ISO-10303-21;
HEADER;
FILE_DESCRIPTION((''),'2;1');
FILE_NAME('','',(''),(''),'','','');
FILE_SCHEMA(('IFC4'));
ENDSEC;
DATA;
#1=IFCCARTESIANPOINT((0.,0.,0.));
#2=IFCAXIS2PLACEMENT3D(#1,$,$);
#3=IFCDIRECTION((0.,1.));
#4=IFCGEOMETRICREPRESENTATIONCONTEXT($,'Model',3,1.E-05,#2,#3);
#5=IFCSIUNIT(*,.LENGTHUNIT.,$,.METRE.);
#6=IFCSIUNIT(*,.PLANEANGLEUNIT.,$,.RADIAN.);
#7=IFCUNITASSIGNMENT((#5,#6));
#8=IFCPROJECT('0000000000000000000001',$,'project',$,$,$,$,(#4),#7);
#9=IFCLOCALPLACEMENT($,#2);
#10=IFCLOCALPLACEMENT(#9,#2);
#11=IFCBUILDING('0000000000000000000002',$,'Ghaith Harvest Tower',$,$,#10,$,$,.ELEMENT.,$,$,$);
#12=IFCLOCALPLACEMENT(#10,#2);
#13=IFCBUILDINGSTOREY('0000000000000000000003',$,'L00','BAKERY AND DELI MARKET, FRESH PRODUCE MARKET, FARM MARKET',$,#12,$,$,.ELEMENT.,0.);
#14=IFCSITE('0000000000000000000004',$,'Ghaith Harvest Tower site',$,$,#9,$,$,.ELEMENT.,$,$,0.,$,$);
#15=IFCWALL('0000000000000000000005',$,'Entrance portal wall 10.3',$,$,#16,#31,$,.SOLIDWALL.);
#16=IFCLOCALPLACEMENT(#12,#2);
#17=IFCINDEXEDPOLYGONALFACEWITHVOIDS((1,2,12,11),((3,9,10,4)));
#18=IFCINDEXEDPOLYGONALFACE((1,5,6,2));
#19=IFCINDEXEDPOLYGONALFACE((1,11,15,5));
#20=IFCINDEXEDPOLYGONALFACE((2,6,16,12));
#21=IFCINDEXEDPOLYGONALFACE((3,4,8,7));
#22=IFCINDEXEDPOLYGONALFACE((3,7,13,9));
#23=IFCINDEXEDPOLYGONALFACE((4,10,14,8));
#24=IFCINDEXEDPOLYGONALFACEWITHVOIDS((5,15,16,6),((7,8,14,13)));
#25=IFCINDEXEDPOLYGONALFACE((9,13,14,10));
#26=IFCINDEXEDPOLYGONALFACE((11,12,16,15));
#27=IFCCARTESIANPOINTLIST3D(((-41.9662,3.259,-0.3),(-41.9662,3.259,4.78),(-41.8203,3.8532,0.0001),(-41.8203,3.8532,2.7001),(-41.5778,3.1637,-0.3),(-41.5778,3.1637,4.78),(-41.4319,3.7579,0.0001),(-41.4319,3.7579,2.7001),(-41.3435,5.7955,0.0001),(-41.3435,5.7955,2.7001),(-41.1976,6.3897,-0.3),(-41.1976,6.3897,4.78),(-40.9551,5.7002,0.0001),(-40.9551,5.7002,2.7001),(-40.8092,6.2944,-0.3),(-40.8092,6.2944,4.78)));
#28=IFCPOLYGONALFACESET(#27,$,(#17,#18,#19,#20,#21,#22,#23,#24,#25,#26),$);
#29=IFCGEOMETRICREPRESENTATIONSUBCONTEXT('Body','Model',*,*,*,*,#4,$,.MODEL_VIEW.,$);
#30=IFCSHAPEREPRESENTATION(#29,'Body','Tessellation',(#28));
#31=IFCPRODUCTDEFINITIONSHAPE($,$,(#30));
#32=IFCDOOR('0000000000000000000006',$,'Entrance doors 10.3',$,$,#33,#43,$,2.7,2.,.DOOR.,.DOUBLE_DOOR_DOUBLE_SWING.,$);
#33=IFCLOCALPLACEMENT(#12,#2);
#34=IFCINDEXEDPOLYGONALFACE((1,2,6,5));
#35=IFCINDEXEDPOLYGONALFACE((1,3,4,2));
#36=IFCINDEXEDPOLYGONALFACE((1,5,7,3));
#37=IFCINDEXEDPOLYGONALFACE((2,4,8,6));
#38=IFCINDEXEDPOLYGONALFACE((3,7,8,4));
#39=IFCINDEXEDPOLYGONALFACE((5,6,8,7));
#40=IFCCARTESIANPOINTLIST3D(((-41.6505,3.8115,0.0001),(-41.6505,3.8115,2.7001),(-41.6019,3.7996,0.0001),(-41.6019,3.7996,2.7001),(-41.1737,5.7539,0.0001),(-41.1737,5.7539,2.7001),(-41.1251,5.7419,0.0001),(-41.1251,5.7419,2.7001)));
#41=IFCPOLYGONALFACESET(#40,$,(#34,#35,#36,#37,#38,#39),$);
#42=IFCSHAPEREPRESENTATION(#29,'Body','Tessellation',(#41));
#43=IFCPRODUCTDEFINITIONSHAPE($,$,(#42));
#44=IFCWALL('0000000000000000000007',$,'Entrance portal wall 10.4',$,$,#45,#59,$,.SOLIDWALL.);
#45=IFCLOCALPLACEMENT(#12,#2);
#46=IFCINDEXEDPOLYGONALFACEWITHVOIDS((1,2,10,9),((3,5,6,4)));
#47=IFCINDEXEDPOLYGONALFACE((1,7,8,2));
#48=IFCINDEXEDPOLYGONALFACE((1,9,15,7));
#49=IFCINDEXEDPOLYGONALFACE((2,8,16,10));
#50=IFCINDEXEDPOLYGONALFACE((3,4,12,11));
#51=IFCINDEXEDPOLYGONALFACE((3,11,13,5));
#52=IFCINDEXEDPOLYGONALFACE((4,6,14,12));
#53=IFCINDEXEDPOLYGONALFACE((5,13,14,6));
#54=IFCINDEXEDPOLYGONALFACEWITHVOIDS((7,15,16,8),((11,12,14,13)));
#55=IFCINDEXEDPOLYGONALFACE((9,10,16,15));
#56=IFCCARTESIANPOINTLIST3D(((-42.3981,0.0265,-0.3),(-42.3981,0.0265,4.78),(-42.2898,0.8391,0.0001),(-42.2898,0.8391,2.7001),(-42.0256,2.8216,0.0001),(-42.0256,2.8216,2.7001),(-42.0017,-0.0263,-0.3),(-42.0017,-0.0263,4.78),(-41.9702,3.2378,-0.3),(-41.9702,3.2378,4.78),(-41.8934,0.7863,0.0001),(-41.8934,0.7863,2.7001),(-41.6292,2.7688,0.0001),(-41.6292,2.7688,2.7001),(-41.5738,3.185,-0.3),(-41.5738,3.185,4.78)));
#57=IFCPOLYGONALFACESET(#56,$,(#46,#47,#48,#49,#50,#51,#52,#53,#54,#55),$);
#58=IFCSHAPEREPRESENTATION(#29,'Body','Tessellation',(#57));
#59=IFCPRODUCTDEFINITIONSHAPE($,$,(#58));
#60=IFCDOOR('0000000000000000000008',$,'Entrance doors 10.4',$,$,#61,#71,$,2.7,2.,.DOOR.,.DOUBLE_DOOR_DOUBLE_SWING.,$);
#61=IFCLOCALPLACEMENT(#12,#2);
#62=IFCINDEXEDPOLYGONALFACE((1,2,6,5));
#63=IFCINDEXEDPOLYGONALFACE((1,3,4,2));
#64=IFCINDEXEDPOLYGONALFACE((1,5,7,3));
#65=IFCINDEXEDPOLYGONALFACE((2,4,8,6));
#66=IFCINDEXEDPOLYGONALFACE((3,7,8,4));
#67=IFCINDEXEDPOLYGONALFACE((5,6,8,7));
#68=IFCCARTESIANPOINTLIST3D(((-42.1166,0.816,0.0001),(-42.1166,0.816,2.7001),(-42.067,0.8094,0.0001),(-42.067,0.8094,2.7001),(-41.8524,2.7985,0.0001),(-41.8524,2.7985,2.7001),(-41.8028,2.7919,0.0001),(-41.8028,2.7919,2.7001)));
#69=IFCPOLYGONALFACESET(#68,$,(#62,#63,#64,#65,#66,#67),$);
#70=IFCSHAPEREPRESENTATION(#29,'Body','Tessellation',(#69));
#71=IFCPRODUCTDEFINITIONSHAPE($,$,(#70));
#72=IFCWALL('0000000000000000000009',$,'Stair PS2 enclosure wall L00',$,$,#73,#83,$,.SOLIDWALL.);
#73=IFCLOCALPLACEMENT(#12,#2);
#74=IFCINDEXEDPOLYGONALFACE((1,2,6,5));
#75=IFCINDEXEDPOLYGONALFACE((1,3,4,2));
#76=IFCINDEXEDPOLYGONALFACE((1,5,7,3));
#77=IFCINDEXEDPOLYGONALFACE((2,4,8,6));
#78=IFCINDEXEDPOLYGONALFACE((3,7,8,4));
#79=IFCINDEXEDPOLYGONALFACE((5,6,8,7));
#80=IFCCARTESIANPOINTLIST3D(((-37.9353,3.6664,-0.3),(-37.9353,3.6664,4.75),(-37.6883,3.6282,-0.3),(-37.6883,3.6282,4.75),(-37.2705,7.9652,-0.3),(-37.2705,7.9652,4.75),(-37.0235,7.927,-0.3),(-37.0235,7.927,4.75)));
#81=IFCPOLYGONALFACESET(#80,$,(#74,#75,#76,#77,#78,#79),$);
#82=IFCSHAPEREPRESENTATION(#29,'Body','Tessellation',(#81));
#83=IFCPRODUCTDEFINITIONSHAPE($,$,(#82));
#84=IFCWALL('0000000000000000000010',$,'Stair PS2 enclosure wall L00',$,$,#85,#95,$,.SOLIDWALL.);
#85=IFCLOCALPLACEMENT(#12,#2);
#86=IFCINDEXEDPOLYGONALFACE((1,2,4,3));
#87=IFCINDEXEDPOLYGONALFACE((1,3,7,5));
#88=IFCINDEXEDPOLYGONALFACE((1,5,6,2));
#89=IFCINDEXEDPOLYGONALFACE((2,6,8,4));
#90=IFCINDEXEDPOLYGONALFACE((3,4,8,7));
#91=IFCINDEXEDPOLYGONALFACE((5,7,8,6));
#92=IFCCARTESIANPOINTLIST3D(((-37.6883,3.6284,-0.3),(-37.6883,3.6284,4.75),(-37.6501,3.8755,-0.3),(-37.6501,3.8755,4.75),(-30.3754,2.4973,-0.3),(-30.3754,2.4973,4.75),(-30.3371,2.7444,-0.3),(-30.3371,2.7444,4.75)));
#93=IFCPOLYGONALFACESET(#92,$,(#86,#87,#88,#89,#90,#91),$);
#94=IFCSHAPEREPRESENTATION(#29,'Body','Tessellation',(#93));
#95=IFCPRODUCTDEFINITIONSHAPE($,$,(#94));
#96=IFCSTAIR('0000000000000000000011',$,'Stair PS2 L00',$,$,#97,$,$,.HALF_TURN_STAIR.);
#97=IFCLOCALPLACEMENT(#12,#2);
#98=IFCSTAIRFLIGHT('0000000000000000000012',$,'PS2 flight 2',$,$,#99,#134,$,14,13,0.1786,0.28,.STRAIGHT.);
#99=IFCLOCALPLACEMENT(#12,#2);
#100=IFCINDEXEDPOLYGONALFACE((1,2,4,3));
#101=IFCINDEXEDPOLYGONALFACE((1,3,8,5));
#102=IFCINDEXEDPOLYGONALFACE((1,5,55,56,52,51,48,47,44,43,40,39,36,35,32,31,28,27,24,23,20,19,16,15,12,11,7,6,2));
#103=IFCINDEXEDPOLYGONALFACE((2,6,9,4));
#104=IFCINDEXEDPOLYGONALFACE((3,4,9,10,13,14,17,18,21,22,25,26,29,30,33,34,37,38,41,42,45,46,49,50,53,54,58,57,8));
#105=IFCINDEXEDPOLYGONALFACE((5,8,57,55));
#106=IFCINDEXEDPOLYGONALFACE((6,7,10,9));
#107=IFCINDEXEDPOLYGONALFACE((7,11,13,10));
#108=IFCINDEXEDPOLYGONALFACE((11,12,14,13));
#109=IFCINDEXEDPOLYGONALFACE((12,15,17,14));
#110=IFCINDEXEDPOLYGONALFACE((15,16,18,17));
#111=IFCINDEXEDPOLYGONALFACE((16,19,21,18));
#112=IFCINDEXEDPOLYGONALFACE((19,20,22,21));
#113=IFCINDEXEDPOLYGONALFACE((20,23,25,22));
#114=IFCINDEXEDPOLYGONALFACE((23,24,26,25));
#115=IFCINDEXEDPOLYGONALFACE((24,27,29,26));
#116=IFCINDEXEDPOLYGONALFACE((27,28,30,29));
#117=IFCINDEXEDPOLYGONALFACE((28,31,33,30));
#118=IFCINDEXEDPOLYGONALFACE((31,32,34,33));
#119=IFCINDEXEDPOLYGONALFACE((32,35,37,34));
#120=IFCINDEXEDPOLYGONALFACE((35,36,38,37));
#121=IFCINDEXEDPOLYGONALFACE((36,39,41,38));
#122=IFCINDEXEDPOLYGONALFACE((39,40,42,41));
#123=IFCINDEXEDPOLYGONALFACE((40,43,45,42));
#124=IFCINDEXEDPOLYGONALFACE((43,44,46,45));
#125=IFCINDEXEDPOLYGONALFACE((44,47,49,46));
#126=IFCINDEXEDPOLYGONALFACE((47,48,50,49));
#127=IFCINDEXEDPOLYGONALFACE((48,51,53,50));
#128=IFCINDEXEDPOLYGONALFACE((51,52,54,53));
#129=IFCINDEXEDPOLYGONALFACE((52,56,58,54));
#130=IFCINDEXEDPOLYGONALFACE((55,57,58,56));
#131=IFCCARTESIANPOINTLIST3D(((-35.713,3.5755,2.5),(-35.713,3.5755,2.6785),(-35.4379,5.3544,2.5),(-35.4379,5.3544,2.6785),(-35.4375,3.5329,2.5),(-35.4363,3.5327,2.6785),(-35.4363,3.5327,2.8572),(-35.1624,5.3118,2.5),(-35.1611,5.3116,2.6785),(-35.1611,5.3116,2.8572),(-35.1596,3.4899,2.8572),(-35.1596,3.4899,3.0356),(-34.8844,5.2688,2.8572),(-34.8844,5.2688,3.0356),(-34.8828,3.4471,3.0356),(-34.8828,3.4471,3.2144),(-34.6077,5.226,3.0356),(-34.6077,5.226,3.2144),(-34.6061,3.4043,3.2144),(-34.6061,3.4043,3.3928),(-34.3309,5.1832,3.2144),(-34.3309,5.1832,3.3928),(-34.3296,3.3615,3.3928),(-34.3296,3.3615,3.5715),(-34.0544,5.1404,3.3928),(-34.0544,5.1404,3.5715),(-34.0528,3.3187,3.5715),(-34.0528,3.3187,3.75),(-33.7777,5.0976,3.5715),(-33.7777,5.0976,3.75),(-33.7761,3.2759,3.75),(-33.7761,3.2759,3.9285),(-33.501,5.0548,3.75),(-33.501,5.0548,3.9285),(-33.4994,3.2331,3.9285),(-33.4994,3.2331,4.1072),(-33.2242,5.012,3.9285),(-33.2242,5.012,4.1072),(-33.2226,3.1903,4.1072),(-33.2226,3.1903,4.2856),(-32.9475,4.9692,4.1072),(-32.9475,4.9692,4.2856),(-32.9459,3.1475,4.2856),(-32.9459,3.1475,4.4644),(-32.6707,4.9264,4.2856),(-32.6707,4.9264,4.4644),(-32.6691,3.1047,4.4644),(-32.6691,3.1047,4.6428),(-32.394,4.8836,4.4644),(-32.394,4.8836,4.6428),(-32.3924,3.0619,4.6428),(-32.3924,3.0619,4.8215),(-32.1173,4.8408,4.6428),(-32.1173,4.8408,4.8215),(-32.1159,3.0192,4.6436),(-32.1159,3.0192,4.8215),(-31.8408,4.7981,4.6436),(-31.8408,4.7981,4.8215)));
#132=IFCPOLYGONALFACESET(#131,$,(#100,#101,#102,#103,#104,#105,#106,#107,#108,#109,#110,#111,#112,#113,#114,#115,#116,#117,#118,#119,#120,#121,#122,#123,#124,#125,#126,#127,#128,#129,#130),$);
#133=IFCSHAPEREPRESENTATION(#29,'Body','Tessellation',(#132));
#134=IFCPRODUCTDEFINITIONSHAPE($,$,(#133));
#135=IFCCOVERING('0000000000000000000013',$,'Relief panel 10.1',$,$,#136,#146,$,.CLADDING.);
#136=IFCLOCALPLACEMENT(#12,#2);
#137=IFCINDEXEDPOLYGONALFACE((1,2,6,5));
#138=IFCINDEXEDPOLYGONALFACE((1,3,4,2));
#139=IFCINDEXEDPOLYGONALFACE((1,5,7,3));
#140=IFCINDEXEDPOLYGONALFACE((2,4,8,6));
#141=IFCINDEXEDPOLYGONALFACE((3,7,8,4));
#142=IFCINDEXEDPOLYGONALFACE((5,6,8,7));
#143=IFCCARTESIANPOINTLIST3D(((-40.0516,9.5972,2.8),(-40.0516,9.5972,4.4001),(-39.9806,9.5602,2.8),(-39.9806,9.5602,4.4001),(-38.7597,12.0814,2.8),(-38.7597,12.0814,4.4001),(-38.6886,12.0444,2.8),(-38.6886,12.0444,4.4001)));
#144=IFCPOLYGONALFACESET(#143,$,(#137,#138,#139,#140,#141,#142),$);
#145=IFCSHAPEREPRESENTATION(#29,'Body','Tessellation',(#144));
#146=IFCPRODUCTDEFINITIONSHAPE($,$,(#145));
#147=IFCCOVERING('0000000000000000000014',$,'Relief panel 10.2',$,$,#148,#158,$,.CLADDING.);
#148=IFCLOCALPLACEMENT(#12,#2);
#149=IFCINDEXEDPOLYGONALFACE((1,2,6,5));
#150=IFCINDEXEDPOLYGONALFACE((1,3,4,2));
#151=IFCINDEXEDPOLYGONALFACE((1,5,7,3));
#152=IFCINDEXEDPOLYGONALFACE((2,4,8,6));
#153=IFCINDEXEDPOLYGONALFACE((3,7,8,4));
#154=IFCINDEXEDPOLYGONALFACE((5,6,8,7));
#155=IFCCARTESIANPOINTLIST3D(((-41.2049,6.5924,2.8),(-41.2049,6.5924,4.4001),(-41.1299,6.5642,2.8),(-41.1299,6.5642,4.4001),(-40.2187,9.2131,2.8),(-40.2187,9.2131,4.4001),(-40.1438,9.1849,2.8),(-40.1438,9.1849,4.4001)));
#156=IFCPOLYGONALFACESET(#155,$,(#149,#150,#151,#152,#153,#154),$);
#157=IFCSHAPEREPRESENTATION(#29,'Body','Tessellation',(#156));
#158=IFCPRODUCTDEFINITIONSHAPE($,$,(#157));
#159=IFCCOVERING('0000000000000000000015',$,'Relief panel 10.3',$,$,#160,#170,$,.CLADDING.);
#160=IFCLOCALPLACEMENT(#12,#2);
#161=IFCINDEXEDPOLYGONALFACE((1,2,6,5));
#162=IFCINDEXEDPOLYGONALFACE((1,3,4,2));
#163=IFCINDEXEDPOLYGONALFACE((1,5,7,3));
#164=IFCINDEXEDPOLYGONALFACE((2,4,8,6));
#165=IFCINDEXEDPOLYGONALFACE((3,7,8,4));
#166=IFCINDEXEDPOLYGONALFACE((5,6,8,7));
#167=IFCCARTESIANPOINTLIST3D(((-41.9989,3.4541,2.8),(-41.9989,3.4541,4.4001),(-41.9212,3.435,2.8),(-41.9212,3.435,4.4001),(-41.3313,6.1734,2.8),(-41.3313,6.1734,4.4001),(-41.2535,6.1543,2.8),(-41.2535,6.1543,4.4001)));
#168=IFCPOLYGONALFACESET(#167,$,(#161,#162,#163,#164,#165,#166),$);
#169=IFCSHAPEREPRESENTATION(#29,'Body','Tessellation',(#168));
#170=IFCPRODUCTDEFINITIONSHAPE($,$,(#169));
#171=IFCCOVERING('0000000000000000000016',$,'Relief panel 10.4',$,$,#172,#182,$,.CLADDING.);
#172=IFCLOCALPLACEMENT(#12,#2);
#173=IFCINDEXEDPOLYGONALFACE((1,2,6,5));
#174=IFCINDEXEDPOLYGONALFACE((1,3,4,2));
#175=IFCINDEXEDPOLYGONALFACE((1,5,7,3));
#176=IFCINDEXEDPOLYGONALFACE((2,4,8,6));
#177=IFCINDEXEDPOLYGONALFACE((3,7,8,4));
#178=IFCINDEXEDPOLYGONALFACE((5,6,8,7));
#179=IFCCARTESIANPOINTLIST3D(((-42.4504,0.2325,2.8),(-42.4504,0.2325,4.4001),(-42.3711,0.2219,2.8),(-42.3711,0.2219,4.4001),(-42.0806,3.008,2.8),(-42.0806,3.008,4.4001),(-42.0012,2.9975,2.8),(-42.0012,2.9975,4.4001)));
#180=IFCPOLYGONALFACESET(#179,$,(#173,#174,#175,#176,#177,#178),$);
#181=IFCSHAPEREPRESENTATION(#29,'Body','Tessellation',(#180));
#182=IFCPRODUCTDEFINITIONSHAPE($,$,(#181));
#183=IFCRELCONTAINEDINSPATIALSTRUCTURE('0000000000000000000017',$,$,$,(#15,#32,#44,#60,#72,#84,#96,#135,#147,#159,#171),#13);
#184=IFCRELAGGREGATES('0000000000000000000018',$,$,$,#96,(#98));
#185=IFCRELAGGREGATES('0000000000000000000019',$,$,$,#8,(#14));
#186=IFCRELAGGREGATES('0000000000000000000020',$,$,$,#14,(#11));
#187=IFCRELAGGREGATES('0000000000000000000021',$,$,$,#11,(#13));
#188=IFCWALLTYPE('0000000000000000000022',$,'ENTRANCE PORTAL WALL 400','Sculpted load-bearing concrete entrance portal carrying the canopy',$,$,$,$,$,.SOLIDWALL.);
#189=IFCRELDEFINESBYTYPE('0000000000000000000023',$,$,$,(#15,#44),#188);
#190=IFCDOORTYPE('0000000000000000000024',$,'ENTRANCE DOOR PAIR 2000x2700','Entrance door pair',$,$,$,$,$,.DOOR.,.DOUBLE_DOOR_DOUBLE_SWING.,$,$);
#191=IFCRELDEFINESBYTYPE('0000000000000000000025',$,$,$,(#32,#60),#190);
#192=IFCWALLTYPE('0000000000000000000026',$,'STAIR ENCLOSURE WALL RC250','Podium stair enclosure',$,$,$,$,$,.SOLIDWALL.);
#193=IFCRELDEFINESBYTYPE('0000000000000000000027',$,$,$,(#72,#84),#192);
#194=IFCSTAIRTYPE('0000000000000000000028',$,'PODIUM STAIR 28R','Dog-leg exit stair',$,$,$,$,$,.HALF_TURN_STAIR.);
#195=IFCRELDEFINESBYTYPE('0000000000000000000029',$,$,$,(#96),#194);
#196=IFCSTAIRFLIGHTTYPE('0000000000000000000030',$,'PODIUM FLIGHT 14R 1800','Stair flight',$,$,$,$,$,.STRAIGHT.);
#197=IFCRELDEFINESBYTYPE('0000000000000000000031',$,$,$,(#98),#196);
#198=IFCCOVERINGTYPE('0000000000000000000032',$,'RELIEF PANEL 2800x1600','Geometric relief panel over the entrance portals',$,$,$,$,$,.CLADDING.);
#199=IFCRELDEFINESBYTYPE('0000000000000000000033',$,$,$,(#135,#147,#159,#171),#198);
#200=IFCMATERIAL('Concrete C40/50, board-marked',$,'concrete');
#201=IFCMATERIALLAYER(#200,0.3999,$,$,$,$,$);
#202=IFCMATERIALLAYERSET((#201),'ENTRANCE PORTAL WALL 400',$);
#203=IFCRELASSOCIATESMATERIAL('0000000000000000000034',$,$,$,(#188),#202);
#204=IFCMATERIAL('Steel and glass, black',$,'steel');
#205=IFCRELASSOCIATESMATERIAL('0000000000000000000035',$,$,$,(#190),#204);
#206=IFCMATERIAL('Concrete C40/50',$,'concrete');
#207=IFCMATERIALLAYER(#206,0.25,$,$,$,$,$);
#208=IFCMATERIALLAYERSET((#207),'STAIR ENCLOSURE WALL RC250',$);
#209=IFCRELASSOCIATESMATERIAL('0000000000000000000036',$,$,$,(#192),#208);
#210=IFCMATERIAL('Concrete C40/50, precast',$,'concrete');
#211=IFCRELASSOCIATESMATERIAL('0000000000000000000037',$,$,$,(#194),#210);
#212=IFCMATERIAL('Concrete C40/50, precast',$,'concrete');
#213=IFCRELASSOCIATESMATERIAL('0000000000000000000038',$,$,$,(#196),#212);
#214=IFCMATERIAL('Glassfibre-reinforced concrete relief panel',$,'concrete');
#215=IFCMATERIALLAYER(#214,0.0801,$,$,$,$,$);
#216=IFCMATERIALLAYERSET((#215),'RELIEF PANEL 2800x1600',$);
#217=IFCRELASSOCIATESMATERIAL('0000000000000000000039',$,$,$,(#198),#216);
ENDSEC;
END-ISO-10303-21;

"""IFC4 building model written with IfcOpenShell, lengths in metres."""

from ifc_helpers import new_model, si_unit, direction, frame, frame_2d, origin, origin_2d, place, context, subcontext, project, spatial, polyline, rectangle, outline, extrude, material, layer, layer_set, type_object, element, fill, aggregate, save


model = new_model("IFC4")

# Units and contexts
model_context = context("Model", 3, precision=1e-05, world=origin(), true_north=direction((0.0, 1.0)))
body_context = subcontext(model_context, "Body", "Model", "MODEL_VIEW")
ifc_project = project(units=[si_unit("LENGTHUNIT", "METRE"), si_unit("PLANEANGLEUNIT", "RADIAN")], contexts=[model_context])

# Site, building, storey
site_placement = place(None, origin())
site = spatial("IfcSite", under=ifc_project, at=site_placement, Name="Ghaith Harvest Tower site", CompositionType="ELEMENT", RefElevation=0.0)
building_placement = place(site_placement, origin())
building = spatial("IfcBuilding", under=site, at=building_placement, Name="Ghaith Harvest Tower", CompositionType="ELEMENT")
storey_placement = place(building_placement, origin())
storey = spatial("IfcBuildingStorey", under=building, at=storey_placement, Name="L00", Description="BAKERY AND DELI MARKET, FRESH PRODUCE MARKET, FARM MARKET", CompositionType="ELEMENT", Elevation=0.0)

# Walls, openings, doors
ifc_material_1 = material(Name="Concrete C40/50, board-marked", Category="concrete")
ifc_layer_1 = layer(ifc_material_1, 0.3999)
ifc_layer_set_1 = layer_set([ifc_layer_1], Name="ENTRANCE PORTAL WALL 400")
wall_type_1 = type_object("IfcWallType", Name="ENTRANCE PORTAL WALL 400", Description="Sculpted load-bearing concrete entrance portal carrying the canopy", PredefinedType="SOLIDWALL", material=ifc_layer_set_1)
ifc_material_2 = material(Name="Steel and glass, black", Category="steel")
door_type = type_object("IfcDoorType", Name="ENTRANCE DOOR PAIR 2000x2700", Description="Entrance door pair", OperationType="DOUBLE_DOOR_DOUBLE_SWING", PredefinedType="DOOR", material=ifc_material_2)
wall_1_placement = place(storey_placement, frame((-41.0034, 6.342, -0.3), z_axis=(0.0, 0.0, 1.0), x_axis=(-0.238417, -0.971163, 0.0)))
wall_1 = element("IfcWall", 1, at=wall_1_placement, inside=storey, type_object=wall_type_1, Name="Entrance portal wall 10.3", PredefinedType="SOLIDWALL", context=body_context, shape_type="SweptSolid", body=[
    extrude(rectangle(XDim=3.2236, YDim=0.3999, at=frame_2d((1.6118, 0.0))), origin(), (0.0, 0.0, 1.0), 5.0801),
])
opening_1_placement = place(wall_1_placement, frame((0.6118, 0.0, 0.3)))
opening_1 = element("IfcOpeningElement", 2, at=opening_1_placement, cuts=wall_1, PredefinedType="OPENING", context=body_context, shape_type="SweptSolid", body=[
    extrude(rectangle(XDim=2.0, YDim=2.7, at=frame_2d((1.0, 1.3501))), frame((0.0, 0.21, 0.0), z_axis=(0.0, -1.0, 0.0), x_axis=(1.0, 0.0, 0.0)), (0.0, 0.0, 1.0), 0.4199),
])
door_1_placement = place(opening_1_placement, origin())
door_1 = element("IfcDoor", 3, at=door_1_placement, inside=storey, type_object=door_type, Name="Entrance doors 10.3", OperationType="DOUBLE_DOOR_DOUBLE_SWING", OverallHeight=2.7, OverallWidth=2.0, PredefinedType="DOOR", context=body_context, shape_type="SweptSolid", body=[
    extrude(rectangle(XDim=2.0, YDim=2.7, at=frame_2d((1.0, 1.3501))), frame((0.0, 0.0249, 0.0), z_axis=(0.0, -1.0, 0.0), x_axis=(1.0, 0.0, 0.0)), (0.0, 0.0, 1.0), 0.05),
])
fill(opening_1, door_1)
wall_2_placement = place(storey_placement, frame((-41.772, 3.2114, -0.3), z_axis=(0.0, 0.0, 1.0), x_axis=(-0.1321, -0.991236, 0.0)))
wall_2 = element("IfcWall", 4, at=wall_2_placement, inside=storey, type_object=wall_type_1, Name="Entrance portal wall 10.4", PredefinedType="SOLIDWALL", context=body_context, shape_type="SweptSolid", body=[
    extrude(rectangle(XDim=3.2397, YDim=0.3999, at=frame_2d((1.6199, 0.0))), origin(), (0.0, 0.0, 1.0), 5.0801),
])
opening_2_placement = place(wall_2_placement, frame((0.4199, 0.0, 0.3)))
opening_2 = element("IfcOpeningElement", 5, at=opening_2_placement, cuts=wall_2, PredefinedType="OPENING", context=body_context, shape_type="SweptSolid", body=[
    extrude(rectangle(XDim=2.0, YDim=2.7, at=frame_2d((1.0, 1.3501))), frame((0.0, 0.21, 0.0), z_axis=(0.0, -1.0, 0.0), x_axis=(1.0, 0.0, 0.0)), (0.0, 0.0, 1.0), 0.4199),
])
door_2_placement = place(opening_2_placement, origin())
door_2 = element("IfcDoor", 6, at=door_2_placement, inside=storey, type_object=door_type, Name="Entrance doors 10.4", OperationType="DOUBLE_DOOR_DOUBLE_SWING", OverallHeight=2.7, OverallWidth=2.0, PredefinedType="DOOR", context=body_context, shape_type="SweptSolid", body=[
    extrude(rectangle(XDim=2.0, YDim=2.7, at=frame_2d((1.0, 1.3501))), frame((0.0, 0.0249, 0.0), z_axis=(0.0, -1.0, 0.0), x_axis=(1.0, 0.0, 0.0)), (0.0, 0.0, 1.0), 0.05),
])
fill(opening_2, door_2)

# Walls
ifc_material_3 = material(Name="Concrete C40/50", Category="concrete")
ifc_layer_2 = layer(ifc_material_3, 0.25)
ifc_layer_set_2 = layer_set([ifc_layer_2], Name="STAIR ENCLOSURE WALL RC250")
wall_type_2 = type_object("IfcWallType", Name="STAIR ENCLOSURE WALL RC250", Description="Podium stair enclosure", PredefinedType="SOLIDWALL", material=ifc_layer_set_2)
wall_3_placement = place(storey_placement, frame((-37.8118, 3.6475, -0.3), z_axis=(0.0, 0.0, 1.0), x_axis=(0.152829, 0.988253, 0.0)))
element("IfcWall", 7, at=wall_3_placement, inside=storey, type_object=wall_type_2, Name="Stair PS2 enclosure wall L00", PredefinedType="SOLIDWALL", context=body_context, shape_type="SweptSolid", body=[
    extrude(rectangle(XDim=4.3499, YDim=0.25, at=frame_2d((2.1748, 0.0))), origin(), (0.0, 0.0, 1.0), 5.05),
])
wall_4_placement = place(storey_placement, frame((-37.6692, 3.752, -0.3), z_axis=(0.0, 0.0, 1.0), x_axis=(0.988249, -0.152853, 0.0)))
element("IfcWall", 8, at=wall_4_placement, inside=storey, type_object=wall_type_2, Name="Stair PS2 enclosure wall L00", PredefinedType="SOLIDWALL", context=body_context, shape_type="SweptSolid", body=[
    extrude(rectangle(XDim=7.3999, YDim=0.25, at=frame_2d((3.7, 0.0))), origin(), (0.0, 0.0, 1.0), 5.05),
])

# Stair, stair flight
ifc_material_4 = material(Name="Concrete C40/50, precast", Category="concrete")
stair_type = type_object("IfcStairType", Name="PODIUM STAIR 28R", Description="Dog-leg exit stair", PredefinedType="HALF_TURN_STAIR", material=ifc_material_4)
stair_placement = place(storey_placement, origin())
stair = element("IfcStair", 9, at=stair_placement, inside=storey, type_object=stair_type, Name="Stair PS2 L00", PredefinedType="HALF_TURN_STAIR")
ifc_material_5 = material(Name="Concrete C40/50, precast", Category="concrete")
stair_flight_type = type_object("IfcStairFlightType", Name="PODIUM FLIGHT 14R 1800", Description="Stair flight", PredefinedType="STRAIGHT", material=ifc_material_5)
stair_flight_placement = place(storey_placement, frame((-35.5754, 4.4651, 2.5), z_axis=(0.0, 0.0, 1.0), x_axis=(0.988249, -0.152851, 0.0)))
stair_flight = element("IfcStairFlight", 10, at=stair_flight_placement, type_object=stair_flight_type, Name="PS2 flight 2", NumberOfRisers=14, NumberOfTreads=13, PredefinedType="STRAIGHT", RiserHeight=0.1786, TreadLength=0.28, context=body_context, shape_type="SweptSolid", body=[
    extrude(outline(polyline([(0.0, 0.0), (0.0, 0.1785), (0.28, 0.1785), (0.28, 0.3572), (0.5601, 0.3572), (0.5601, 0.5356), (0.8401, 0.5356), (0.8401, 0.7144), (1.1201, 0.7144), (1.1201, 0.8928), (1.3999, 0.8928), (1.3999, 1.0715), (1.6799, 1.0715), (1.6799, 1.25), (1.96, 1.25), (1.96, 1.4285), (2.24, 1.4285), (2.24, 1.6072), (2.52, 1.6072), (2.52, 1.7856), (2.8, 1.7856), (2.8, 1.9644), (3.0801, 1.9644), (3.0801, 2.1428), (3.3601, 2.1428), (3.3601, 2.3215), (3.6399, 2.3215), (3.6399, 2.5), (3.6399, 2.1436), (0.2788, 0.0), (0.0, 0.0)])), frame((0.0, 0.8999, 0.0), z_axis=(0.0, -1.0, 0.0), x_axis=(1.0, 0.0, 0.0)), (0.0, 0.0, 1.0), 1.8),
])
aggregate(stair, [stair_flight])

# Coverings
ifc_material_6 = material(Name="Glassfibre-reinforced concrete relief panel", Category="concrete")
ifc_layer_3 = layer(ifc_material_6, 0.0801)
ifc_layer_set_3 = layer_set([ifc_layer_3], Name="RELIEF PANEL 2800x1600")
covering_type = type_object("IfcCoveringType", Name="RELIEF PANEL 2800x1600", Description="Geometric relief panel over the entrance portals", PredefinedType="CLADDING", material=ifc_layer_set_3)
for number, where, z_axis, x_axis, name in (
    (11, (-39.3701, 10.8208, 2.8), (0.0, 0.0, 1.0), (-0.461402, -0.887191, 0.0), "Relief panel 10.1"),
    (12, (-40.6743, 7.8887, 2.8), (0.0, 0.0, 1.0), (-0.352183, -0.935931, 0.0), "Relief panel 10.2"),
    (13, (-41.6262, 4.8042, 2.8), (0.0, 0.0, 1.0), (-0.238455, -0.971153, 0.0), "Relief panel 10.3"),
    (14, (-42.2258, 1.615, 2.8), (0.0, 0.0, 1.0), (-0.132091, -0.991238, 0.0), "Relief panel 10.4"),
):
    element("IfcCovering", number, at=place(storey_placement, frame(where, z_axis=z_axis, x_axis=x_axis)), inside=storey, type_object=covering_type, Name=name, PredefinedType="CLADDING", context=body_context, shape_type="SweptSolid", body=[
        extrude(rectangle(XDim=2.8, YDim=0.0801, at=origin_2d()), origin(), (0.0, 0.0, 1.0), 1.6001),
    ])

save(model, "model.ifc")
